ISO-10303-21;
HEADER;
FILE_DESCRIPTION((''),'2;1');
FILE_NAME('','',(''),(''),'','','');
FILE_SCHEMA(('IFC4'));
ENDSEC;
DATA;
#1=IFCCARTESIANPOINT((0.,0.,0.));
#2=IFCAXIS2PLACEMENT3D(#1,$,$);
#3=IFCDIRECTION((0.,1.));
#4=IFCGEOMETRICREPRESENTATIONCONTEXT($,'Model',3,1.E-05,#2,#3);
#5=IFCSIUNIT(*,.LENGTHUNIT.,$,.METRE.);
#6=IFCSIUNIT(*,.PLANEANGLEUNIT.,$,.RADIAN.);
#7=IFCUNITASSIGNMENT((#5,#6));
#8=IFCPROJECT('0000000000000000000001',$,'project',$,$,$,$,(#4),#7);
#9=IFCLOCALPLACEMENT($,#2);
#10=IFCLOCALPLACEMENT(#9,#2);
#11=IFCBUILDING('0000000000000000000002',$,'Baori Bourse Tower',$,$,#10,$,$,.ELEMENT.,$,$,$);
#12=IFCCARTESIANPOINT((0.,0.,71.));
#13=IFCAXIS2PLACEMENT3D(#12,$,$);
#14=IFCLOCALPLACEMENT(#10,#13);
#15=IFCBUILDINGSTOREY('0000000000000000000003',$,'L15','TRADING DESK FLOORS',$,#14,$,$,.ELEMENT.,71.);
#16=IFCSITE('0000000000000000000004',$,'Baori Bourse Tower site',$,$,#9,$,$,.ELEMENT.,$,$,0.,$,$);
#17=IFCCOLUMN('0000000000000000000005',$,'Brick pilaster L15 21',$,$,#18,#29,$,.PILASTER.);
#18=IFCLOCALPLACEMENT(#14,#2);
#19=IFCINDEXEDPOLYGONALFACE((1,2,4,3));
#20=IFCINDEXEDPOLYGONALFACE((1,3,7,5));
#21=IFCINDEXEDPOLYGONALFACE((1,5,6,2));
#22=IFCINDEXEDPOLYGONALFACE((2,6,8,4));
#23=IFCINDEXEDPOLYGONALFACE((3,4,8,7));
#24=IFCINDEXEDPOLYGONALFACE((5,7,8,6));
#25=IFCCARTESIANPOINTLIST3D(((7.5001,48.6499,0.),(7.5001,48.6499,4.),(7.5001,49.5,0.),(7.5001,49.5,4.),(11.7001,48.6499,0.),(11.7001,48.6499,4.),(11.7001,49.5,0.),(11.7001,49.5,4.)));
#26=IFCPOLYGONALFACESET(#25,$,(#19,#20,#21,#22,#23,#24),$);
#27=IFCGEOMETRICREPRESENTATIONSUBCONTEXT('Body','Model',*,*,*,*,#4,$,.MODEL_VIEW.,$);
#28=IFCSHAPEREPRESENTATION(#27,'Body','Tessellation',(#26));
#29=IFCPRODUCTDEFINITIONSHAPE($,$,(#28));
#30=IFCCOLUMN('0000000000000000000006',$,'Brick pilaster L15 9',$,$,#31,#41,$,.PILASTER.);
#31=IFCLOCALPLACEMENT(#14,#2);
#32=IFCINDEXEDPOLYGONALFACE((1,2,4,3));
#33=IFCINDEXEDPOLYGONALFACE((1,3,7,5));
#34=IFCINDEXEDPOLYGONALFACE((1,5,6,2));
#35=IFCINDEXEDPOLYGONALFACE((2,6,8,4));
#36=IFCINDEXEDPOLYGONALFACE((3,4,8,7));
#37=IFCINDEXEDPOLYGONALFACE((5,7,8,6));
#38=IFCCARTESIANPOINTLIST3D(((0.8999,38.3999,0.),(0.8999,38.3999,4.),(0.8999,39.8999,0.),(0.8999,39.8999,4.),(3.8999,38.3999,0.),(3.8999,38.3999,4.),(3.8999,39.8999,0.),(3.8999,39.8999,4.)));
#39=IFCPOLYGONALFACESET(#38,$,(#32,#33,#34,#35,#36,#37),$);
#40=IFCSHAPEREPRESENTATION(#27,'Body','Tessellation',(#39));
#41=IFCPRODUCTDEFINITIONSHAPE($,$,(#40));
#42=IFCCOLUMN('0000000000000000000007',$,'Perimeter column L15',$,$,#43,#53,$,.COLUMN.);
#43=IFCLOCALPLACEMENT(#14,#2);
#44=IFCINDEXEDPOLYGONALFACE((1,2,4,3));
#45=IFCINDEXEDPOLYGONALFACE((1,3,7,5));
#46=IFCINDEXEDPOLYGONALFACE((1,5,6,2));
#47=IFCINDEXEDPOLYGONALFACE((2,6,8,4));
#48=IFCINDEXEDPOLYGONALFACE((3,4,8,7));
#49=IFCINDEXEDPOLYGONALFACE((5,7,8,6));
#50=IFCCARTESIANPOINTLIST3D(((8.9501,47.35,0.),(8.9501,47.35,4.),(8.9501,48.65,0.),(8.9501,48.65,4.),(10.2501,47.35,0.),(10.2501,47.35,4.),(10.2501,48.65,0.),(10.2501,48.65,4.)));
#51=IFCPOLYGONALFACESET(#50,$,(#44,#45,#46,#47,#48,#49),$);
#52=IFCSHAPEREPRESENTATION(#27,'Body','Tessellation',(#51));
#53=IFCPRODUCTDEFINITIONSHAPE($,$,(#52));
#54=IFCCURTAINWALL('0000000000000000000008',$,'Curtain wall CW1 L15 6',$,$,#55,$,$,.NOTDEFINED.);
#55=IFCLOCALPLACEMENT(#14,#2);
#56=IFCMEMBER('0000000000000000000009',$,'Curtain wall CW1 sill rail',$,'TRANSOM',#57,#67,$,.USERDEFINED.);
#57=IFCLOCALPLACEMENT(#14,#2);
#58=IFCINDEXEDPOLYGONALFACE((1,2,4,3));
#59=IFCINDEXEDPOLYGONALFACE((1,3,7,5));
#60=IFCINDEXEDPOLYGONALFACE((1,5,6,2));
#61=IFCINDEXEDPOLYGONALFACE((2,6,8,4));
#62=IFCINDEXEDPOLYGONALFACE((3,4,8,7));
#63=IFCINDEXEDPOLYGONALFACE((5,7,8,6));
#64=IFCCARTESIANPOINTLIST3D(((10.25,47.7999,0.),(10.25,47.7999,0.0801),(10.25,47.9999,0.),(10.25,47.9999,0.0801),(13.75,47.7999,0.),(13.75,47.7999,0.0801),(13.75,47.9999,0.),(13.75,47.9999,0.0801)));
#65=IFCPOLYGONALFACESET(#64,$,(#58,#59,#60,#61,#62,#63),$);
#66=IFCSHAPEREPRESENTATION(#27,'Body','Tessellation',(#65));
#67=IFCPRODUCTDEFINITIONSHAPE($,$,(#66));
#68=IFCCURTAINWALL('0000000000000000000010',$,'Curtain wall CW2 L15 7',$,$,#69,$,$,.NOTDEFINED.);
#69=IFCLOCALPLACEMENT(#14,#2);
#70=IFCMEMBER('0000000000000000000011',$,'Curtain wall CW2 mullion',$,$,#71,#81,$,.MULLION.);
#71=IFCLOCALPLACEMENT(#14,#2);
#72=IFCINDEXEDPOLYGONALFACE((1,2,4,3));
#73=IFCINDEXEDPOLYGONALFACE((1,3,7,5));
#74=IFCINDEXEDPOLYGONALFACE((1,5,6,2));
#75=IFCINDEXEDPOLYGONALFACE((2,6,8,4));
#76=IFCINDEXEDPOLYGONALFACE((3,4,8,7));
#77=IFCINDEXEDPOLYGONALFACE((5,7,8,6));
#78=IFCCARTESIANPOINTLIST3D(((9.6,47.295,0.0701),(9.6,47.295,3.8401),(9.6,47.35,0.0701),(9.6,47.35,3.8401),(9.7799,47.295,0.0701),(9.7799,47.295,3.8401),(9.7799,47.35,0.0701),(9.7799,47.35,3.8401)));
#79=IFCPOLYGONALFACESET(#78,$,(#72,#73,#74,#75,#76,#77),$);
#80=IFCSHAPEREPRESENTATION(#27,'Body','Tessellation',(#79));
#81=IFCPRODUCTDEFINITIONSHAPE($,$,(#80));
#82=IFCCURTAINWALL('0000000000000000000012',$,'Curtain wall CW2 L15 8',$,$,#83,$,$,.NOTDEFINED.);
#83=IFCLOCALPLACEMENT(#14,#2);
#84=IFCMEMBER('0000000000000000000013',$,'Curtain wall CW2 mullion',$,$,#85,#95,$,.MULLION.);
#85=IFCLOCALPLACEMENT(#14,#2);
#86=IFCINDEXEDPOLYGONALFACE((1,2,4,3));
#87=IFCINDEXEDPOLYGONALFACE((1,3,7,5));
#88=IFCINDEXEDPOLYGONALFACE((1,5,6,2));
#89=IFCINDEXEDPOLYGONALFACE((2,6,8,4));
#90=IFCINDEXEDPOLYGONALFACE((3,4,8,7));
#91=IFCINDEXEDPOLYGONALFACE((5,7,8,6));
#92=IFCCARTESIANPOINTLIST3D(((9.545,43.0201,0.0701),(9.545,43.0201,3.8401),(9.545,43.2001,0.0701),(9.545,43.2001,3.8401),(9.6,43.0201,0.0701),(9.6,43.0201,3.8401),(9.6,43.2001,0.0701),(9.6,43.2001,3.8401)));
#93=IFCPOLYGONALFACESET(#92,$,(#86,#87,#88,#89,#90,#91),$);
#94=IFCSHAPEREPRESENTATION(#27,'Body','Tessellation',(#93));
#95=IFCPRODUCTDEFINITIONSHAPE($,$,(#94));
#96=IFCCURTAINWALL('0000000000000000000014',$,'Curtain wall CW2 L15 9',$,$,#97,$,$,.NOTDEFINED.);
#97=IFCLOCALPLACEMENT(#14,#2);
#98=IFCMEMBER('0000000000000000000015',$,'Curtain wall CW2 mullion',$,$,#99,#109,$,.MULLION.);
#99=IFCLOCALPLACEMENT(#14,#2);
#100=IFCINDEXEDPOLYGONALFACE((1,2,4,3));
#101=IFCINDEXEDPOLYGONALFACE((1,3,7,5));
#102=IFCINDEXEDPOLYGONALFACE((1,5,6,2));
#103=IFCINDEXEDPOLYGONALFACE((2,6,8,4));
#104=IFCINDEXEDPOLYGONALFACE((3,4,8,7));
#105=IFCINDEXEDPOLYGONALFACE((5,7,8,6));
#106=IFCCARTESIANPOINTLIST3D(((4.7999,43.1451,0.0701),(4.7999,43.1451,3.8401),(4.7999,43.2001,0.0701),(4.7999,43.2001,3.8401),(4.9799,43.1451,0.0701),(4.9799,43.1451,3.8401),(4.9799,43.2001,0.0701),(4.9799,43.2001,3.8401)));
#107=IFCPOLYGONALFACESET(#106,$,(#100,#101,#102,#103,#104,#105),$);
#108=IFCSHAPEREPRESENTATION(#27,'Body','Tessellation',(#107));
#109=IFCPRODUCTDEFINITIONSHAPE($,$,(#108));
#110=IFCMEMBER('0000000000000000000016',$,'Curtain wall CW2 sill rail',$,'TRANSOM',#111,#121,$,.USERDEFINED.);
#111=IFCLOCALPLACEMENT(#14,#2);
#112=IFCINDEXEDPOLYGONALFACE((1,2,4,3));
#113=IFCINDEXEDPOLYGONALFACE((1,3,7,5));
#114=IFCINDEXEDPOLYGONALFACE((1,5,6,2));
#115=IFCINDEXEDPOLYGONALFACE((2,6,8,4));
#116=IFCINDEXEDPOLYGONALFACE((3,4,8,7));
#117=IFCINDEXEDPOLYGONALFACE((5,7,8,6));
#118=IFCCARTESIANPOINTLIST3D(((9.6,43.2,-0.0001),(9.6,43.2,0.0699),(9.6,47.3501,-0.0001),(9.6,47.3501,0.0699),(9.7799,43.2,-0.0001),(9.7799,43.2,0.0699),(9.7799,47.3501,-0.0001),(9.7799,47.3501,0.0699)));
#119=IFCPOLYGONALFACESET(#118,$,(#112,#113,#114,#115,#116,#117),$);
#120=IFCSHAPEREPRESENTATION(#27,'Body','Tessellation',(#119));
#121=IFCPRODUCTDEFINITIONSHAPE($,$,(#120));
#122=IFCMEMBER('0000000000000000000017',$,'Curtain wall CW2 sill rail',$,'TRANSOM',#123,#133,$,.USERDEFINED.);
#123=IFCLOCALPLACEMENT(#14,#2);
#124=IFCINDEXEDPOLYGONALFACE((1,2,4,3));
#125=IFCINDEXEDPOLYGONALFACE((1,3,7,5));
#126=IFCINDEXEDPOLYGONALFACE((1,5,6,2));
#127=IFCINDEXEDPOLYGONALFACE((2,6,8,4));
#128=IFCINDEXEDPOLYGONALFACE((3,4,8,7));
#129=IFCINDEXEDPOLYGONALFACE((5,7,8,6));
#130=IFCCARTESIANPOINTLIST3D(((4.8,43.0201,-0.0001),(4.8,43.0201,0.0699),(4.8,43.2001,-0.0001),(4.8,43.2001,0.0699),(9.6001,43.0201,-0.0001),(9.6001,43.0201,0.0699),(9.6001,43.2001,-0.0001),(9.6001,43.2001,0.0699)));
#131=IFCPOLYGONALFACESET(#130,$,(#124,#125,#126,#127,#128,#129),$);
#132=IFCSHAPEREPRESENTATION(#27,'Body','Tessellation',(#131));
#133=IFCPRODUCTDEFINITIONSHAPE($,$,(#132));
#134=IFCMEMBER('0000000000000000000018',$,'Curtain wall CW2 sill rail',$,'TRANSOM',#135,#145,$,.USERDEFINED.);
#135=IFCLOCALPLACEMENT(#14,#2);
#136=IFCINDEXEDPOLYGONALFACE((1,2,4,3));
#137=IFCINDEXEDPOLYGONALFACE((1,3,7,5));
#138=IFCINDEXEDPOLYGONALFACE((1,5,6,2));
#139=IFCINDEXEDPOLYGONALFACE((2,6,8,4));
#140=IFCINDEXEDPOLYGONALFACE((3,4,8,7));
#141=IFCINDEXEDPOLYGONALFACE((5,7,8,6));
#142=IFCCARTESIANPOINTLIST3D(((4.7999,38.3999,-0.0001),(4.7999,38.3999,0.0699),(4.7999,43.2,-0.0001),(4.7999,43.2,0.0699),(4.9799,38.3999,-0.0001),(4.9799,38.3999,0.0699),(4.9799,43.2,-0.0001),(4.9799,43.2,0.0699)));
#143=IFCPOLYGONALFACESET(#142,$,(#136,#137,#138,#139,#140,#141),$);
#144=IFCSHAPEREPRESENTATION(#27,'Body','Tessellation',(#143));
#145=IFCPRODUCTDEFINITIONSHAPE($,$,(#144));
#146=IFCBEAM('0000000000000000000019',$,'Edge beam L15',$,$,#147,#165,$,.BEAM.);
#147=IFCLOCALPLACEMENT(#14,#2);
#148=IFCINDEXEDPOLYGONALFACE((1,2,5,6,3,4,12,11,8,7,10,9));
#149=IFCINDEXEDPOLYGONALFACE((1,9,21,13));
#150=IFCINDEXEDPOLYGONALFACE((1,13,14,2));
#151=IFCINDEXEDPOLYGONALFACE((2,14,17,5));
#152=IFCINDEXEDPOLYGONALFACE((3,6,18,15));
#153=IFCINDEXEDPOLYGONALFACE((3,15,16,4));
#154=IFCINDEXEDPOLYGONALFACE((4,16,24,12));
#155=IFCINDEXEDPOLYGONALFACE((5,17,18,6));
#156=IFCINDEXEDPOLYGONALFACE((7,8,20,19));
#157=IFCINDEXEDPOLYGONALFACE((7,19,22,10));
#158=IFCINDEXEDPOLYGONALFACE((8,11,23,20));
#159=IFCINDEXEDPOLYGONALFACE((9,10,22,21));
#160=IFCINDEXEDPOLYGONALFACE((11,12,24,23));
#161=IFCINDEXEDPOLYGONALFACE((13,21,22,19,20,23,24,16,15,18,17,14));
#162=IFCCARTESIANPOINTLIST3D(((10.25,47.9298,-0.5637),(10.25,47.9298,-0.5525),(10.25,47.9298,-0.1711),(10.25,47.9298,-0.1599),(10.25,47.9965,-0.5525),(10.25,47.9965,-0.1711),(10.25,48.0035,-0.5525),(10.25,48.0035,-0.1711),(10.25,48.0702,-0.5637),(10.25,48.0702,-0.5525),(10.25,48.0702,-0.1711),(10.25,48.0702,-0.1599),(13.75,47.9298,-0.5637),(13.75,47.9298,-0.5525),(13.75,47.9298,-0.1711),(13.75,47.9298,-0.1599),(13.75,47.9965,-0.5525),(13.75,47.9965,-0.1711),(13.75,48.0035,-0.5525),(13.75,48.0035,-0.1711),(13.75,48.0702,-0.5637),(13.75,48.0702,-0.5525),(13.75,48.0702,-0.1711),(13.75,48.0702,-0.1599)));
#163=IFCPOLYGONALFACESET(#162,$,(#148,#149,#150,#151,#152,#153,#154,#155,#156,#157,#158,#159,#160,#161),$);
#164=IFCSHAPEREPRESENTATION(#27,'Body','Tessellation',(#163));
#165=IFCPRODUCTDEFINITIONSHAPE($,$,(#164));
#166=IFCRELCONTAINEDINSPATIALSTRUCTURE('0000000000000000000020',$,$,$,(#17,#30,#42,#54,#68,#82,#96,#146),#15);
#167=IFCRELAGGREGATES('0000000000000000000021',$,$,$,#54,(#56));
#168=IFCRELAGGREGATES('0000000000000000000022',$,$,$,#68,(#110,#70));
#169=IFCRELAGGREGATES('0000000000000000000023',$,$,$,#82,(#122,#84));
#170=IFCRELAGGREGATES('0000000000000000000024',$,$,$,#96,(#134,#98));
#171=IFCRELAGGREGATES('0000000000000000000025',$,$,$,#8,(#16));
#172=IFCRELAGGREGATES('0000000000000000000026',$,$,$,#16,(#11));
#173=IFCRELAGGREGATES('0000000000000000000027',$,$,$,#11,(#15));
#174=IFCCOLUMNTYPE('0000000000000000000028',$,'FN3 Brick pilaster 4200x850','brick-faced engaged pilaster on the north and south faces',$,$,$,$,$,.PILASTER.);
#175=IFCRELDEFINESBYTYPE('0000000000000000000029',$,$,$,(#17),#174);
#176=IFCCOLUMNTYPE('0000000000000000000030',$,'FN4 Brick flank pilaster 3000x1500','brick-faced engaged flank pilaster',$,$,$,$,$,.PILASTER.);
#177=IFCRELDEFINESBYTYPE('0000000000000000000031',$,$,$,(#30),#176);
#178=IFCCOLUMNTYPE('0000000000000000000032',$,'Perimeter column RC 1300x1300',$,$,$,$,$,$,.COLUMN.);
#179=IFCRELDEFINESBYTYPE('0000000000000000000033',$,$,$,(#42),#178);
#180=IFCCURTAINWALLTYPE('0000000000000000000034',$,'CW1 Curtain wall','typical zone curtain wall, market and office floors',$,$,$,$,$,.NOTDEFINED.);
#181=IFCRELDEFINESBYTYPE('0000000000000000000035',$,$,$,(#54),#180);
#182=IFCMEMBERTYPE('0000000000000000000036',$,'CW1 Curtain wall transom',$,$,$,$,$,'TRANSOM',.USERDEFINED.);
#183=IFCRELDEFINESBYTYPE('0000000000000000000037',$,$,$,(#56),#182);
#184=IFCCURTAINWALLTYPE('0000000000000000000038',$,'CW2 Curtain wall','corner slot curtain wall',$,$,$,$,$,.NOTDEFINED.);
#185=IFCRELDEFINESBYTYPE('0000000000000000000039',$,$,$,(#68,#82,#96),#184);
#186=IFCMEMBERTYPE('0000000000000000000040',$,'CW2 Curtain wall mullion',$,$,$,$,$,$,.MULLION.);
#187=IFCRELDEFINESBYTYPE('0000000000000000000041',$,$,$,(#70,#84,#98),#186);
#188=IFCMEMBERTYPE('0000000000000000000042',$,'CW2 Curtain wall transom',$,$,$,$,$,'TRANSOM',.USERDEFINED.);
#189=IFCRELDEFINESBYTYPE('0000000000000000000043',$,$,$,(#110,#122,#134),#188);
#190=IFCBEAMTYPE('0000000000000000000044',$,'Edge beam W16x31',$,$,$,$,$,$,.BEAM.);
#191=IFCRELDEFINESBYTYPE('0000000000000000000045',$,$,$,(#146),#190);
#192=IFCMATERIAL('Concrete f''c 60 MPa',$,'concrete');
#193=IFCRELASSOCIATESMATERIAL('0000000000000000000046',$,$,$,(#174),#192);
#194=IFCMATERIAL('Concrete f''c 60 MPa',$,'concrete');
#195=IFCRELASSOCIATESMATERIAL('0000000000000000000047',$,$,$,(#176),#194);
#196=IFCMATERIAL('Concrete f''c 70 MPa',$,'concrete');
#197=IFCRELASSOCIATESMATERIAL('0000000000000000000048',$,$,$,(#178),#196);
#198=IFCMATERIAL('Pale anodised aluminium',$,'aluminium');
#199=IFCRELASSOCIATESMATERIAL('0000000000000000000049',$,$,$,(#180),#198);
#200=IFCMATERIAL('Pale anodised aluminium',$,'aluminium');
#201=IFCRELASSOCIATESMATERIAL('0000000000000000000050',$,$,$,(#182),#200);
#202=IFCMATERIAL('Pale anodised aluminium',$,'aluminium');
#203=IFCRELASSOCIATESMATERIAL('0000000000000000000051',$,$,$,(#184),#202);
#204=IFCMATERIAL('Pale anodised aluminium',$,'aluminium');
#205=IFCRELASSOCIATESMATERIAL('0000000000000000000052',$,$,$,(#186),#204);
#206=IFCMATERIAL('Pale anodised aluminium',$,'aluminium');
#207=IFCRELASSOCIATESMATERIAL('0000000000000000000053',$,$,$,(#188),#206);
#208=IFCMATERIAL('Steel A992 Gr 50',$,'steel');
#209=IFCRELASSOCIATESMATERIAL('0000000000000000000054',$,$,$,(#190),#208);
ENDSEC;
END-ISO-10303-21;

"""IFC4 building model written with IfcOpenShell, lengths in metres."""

from ifc_helpers import new_model, si_unit, direction, frame, origin, origin_2d, place, context, subcontext, project, spatial, rectangle, i_section, extrude, material, material_profile, profile_set, type_object, element, aggregate, save


model = new_model("IFC4")

# Units and contexts
model_context = context("Model", 3, precision=1e-05, world=origin(), true_north=direction((0.0, 1.0)))
body_context = subcontext(model_context, "Body", "Model", "MODEL_VIEW")
ifc_project = project(units=[si_unit("LENGTHUNIT", "METRE"), si_unit("PLANEANGLEUNIT", "RADIAN")], contexts=[model_context])

# Site, building, storey
site_placement = place(None, origin())
site = spatial("IfcSite", under=ifc_project, at=site_placement, Name="Baori Bourse Tower site", CompositionType="ELEMENT", RefElevation=0.0)
building_placement = place(site_placement, origin())
building = spatial("IfcBuilding", under=site, at=building_placement, Name="Baori Bourse Tower", CompositionType="ELEMENT")
storey_placement = place(building_placement, frame((0.0, 0.0, 71.0)))
storey = spatial("IfcBuildingStorey", under=building, at=storey_placement, Name="L15", Description="TRADING DESK FLOORS", CompositionType="ELEMENT", Elevation=71.0)

# Columns
ifc_material_1 = material(Name="Concrete f'c 60 MPa", Category="concrete")
ifc_material_profile_1 = material_profile(ifc_material_1, rectangle(XDim=4.2, YDim=0.8501, at=origin_2d()), Name="RC 4200x850")
ifc_profile_set_1 = profile_set([ifc_material_profile_1], Name="Concrete f'c 60 MPa")
column_type_1 = type_object("IfcColumnType", Name="FN3 Brick pilaster 4200x850", Description="brick-faced engaged pilaster on the north and south faces", PredefinedType="PILASTER", material=ifc_profile_set_1)
column_1_placement = place(storey_placement, frame((9.6001, 49.075, 0.0), z_axis=(0.0, 0.0, 1.0), x_axis=(1.0, 0.0, 0.0)))
element("IfcColumn", 1, at=column_1_placement, inside=storey, type_object=column_type_1, Name="Brick pilaster L15 21", PredefinedType="PILASTER", context=body_context, shape_type="SweptSolid", body=[
    extrude(rectangle(XDim=4.2, YDim=0.8501, at=origin_2d()), origin(), (0.0, 0.0, 1.0), 4.0),
])
ifc_material_2 = material(Name="Concrete f'c 60 MPa", Category="concrete")
ifc_material_profile_2 = material_profile(ifc_material_2, rectangle(XDim=3.0, YDim=1.5, at=origin_2d()), Name="RC 3000x1500")
ifc_profile_set_2 = profile_set([ifc_material_profile_2], Name="Concrete f'c 60 MPa")
column_type_2 = type_object("IfcColumnType", Name="FN4 Brick flank pilaster 3000x1500", Description="brick-faced engaged flank pilaster", PredefinedType="PILASTER", material=ifc_profile_set_2)
column_2_placement = place(storey_placement, frame((2.3999, 39.1499, 0.0), z_axis=(0.0, 0.0, 1.0), x_axis=(1.0, 0.0, 0.0)))
element("IfcColumn", 2, at=column_2_placement, inside=storey, type_object=column_type_2, Name="Brick pilaster L15 9", PredefinedType="PILASTER", context=body_context, shape_type="SweptSolid", body=[
    extrude(rectangle(XDim=3.0, YDim=1.5, at=origin_2d()), origin(), (0.0, 0.0, 1.0), 4.0),
])
ifc_material_3 = material(Name="Concrete f'c 70 MPa", Category="concrete")
ifc_material_profile_3 = material_profile(ifc_material_3, rectangle(XDim=1.3, YDim=1.3, at=origin_2d()), Name="RC 1300x1300")
ifc_profile_set_3 = profile_set([ifc_material_profile_3], Name="Concrete f'c 70 MPa")
column_type_3 = type_object("IfcColumnType", Name="Perimeter column RC 1300x1300", PredefinedType="COLUMN", material=ifc_profile_set_3)
column_3_placement = place(storey_placement, frame((9.6001, 48.0, 0.0), z_axis=(0.0, 0.0, 1.0), x_axis=(1.0, 0.0, 0.0)))
element("IfcColumn", 3, at=column_3_placement, inside=storey, type_object=column_type_3, Name="Perimeter column L15", PredefinedType="COLUMN", context=body_context, shape_type="SweptSolid", body=[
    extrude(rectangle(XDim=1.3, YDim=1.3, at=origin_2d()), origin(), (0.0, 0.0, 1.0), 4.0),
])

# Curtain walls, members
ifc_material_4 = material(Name="Pale anodised aluminium", Category="aluminium")
curtain_wall_type_1 = type_object("IfcCurtainWallType", Name="CW1 Curtain wall", Description="typical zone curtain wall, market and office floors", PredefinedType="NOTDEFINED", material=ifc_material_4)
curtain_wall_1_placement = place(storey_placement, origin())
curtain_wall_1 = element("IfcCurtainWall", 4, at=curtain_wall_1_placement, inside=storey, type_object=curtain_wall_type_1, Name="Curtain wall CW1 L15 6", PredefinedType="NOTDEFINED")
ifc_material_5 = material(Name="Pale anodised aluminium", Category="aluminium")
ifc_material_profile_4 = material_profile(ifc_material_5, rectangle(XDim=0.2, YDim=0.0801, at=origin_2d()), Name="Transom 80x200")
ifc_profile_set_4 = profile_set([ifc_material_profile_4], Name="Pale anodised aluminium")
member_type_1 = type_object("IfcMemberType", Name="CW1 Curtain wall transom", ElementType="TRANSOM", PredefinedType="USERDEFINED", material=ifc_profile_set_4)
member_1_placement = place(storey_placement, frame((13.75, 47.8999, 0.04), z_axis=(-1.0, 0.0, 0.0), x_axis=(0.0, -1.0, 0.0)))
member_1 = element("IfcMember", 5, at=member_1_placement, type_object=member_type_1, Name="Curtain wall CW1 sill rail", ObjectType="TRANSOM", PredefinedType="USERDEFINED", context=body_context, shape_type="SweptSolid", body=[
    extrude(rectangle(XDim=0.2, YDim=0.0801, at=origin_2d()), origin(), (0.0, 0.0, 1.0), 3.5),
])
ifc_material_6 = material(Name="Pale anodised aluminium", Category="aluminium")
curtain_wall_type_2 = type_object("IfcCurtainWallType", Name="CW2 Curtain wall", Description="corner slot curtain wall", PredefinedType="NOTDEFINED", material=ifc_material_6)
curtain_wall_2_placement = place(storey_placement, origin())
curtain_wall_2 = element("IfcCurtainWall", 6, at=curtain_wall_2_placement, inside=storey, type_object=curtain_wall_type_2, Name="Curtain wall CW2 L15 7", PredefinedType="NOTDEFINED")
ifc_material_7 = material(Name="Pale anodised aluminium", Category="aluminium")
ifc_material_profile_5 = material_profile(ifc_material_7, rectangle(XDim=0.1799, YDim=0.0549, at=origin_2d()), Name="Mullion 55x180")
ifc_profile_set_5 = profile_set([ifc_material_profile_5], Name="Pale anodised aluminium")
member_type_2 = type_object("IfcMemberType", Name="CW2 Curtain wall mullion", PredefinedType="MULLION", material=ifc_profile_set_5)
member_2_placement = place(storey_placement, frame((9.6899, 47.3225, 0.0701), z_axis=(0.0, 0.0, 1.0), x_axis=(1.0, 0.0, 0.0)))
member_2 = element("IfcMember", 7, at=member_2_placement, type_object=member_type_2, Name="Curtain wall CW2 mullion", PredefinedType="MULLION", context=body_context, shape_type="SweptSolid", body=[
    extrude(rectangle(XDim=0.1799, YDim=0.0549, at=origin_2d()), origin(), (0.0, 0.0, 1.0), 3.77),
])
curtain_wall_3_placement = place(storey_placement, origin())
curtain_wall_3 = element("IfcCurtainWall", 8, at=curtain_wall_3_placement, inside=storey, type_object=curtain_wall_type_2, Name="Curtain wall CW2 L15 8", PredefinedType="NOTDEFINED")
member_3_placement = place(storey_placement, frame((9.5725, 43.1101, 0.0701), z_axis=(0.0, 0.0, 1.0), x_axis=(0.0, -1.0, 0.0)))
member_3 = element("IfcMember", 9, at=member_3_placement, type_object=member_type_2, Name="Curtain wall CW2 mullion", PredefinedType="MULLION", context=body_context, shape_type="SweptSolid", body=[
    extrude(rectangle(XDim=0.1799, YDim=0.0549, at=origin_2d()), origin(), (0.0, 0.0, 1.0), 3.77),
])
curtain_wall_4_placement = place(storey_placement, origin())
curtain_wall_4 = element("IfcCurtainWall", 10, at=curtain_wall_4_placement, inside=storey, type_object=curtain_wall_type_2, Name="Curtain wall CW2 L15 9", PredefinedType="NOTDEFINED")
member_4_placement = place(storey_placement, frame((4.8899, 43.1726, 0.0701), z_axis=(0.0, 0.0, 1.0), x_axis=(1.0, 0.0, 0.0)))
member_4 = element("IfcMember", 11, at=member_4_placement, type_object=member_type_2, Name="Curtain wall CW2 mullion", PredefinedType="MULLION", context=body_context, shape_type="SweptSolid", body=[
    extrude(rectangle(XDim=0.1799, YDim=0.0549, at=origin_2d()), origin(), (0.0, 0.0, 1.0), 3.77),
])

# Members
ifc_material_8 = material(Name="Pale anodised aluminium", Category="aluminium")
ifc_material_profile_6 = material_profile(ifc_material_8, rectangle(XDim=0.1799, YDim=0.0701, at=origin_2d()), Name="Transom 70x180")
ifc_profile_set_6 = profile_set([ifc_material_profile_6], Name="Pale anodised aluminium")
member_type_3 = type_object("IfcMemberType", Name="CW2 Curtain wall transom", ElementType="TRANSOM", PredefinedType="USERDEFINED", material=ifc_profile_set_6)
member_5_placement = place(storey_placement, frame((9.6899, 47.3501, 0.0349), z_axis=(0.0, -1.0, 0.0), x_axis=(1.0, 0.0, 0.0)))
member_5 = element("IfcMember", 12, at=member_5_placement, type_object=member_type_3, Name="Curtain wall CW2 sill rail", ObjectType="TRANSOM", PredefinedType="USERDEFINED", context=body_context, shape_type="SweptSolid", body=[
    extrude(rectangle(XDim=0.1799, YDim=0.0701, at=origin_2d()), origin(), (0.0, 0.0, 1.0), 4.1501),
])
member_6_placement = place(storey_placement, frame((9.6001, 43.1101, 0.0349), z_axis=(-1.0, 0.0, 0.0), x_axis=(0.0, -1.0, 0.0)))
member_6 = element("IfcMember", 13, at=member_6_placement, type_object=member_type_3, Name="Curtain wall CW2 sill rail", ObjectType="TRANSOM", PredefinedType="USERDEFINED", context=body_context, shape_type="SweptSolid", body=[
    extrude(rectangle(XDim=0.1799, YDim=0.0701, at=origin_2d()), origin(), (0.0, 0.0, 1.0), 4.8),
])
member_7_placement = place(storey_placement, frame((4.8899, 43.2, 0.0349), z_axis=(0.0, -1.0, 0.0), x_axis=(1.0, 0.0, 0.0)))
member_7 = element("IfcMember", 14, at=member_7_placement, type_object=member_type_3, Name="Curtain wall CW2 sill rail", ObjectType="TRANSOM", PredefinedType="USERDEFINED", context=body_context, shape_type="SweptSolid", body=[
    extrude(rectangle(XDim=0.1799, YDim=0.0701, at=origin_2d()), origin(), (0.0, 0.0, 1.0), 4.8),
])

# Beam
ifc_material_9 = material(Name="Steel A992 Gr 50", Category="steel")
ifc_material_profile_7 = material_profile(ifc_material_9, i_section(OverallWidth=0.1404, OverallDepth=0.4038, WebThickness=0.0071, FlangeThickness=0.0112, at=origin_2d()), Name="W16x31")
ifc_profile_set_7 = profile_set([ifc_material_profile_7], Name="Steel A992 Gr 50")
beam_type_1 = type_object("IfcBeamType", Name="Edge beam W16x31", PredefinedType="BEAM", material=ifc_profile_set_7)
beam_1_placement = place(storey_placement, frame((10.25, 48.0, -0.3618), z_axis=(1.0, 0.0, 0.0), x_axis=(0.0, 1.0, 0.0)))
element("IfcBeam", 15, at=beam_1_placement, inside=storey, type_object=beam_type_1, Name="Edge beam L15", PredefinedType="BEAM", context=body_context, shape_type="SweptSolid", body=[
    extrude(i_section(OverallWidth=0.1404, OverallDepth=0.4038, WebThickness=0.0071, FlangeThickness=0.0112, at=origin_2d()), origin(), (0.0, 0.0, 1.0), 3.5),
])

aggregate(curtain_wall_1, [member_1])
aggregate(curtain_wall_2, [member_5, member_2])
aggregate(curtain_wall_3, [member_6, member_3])
aggregate(curtain_wall_4, [member_7, member_4])

save(model, "model.ifc")
